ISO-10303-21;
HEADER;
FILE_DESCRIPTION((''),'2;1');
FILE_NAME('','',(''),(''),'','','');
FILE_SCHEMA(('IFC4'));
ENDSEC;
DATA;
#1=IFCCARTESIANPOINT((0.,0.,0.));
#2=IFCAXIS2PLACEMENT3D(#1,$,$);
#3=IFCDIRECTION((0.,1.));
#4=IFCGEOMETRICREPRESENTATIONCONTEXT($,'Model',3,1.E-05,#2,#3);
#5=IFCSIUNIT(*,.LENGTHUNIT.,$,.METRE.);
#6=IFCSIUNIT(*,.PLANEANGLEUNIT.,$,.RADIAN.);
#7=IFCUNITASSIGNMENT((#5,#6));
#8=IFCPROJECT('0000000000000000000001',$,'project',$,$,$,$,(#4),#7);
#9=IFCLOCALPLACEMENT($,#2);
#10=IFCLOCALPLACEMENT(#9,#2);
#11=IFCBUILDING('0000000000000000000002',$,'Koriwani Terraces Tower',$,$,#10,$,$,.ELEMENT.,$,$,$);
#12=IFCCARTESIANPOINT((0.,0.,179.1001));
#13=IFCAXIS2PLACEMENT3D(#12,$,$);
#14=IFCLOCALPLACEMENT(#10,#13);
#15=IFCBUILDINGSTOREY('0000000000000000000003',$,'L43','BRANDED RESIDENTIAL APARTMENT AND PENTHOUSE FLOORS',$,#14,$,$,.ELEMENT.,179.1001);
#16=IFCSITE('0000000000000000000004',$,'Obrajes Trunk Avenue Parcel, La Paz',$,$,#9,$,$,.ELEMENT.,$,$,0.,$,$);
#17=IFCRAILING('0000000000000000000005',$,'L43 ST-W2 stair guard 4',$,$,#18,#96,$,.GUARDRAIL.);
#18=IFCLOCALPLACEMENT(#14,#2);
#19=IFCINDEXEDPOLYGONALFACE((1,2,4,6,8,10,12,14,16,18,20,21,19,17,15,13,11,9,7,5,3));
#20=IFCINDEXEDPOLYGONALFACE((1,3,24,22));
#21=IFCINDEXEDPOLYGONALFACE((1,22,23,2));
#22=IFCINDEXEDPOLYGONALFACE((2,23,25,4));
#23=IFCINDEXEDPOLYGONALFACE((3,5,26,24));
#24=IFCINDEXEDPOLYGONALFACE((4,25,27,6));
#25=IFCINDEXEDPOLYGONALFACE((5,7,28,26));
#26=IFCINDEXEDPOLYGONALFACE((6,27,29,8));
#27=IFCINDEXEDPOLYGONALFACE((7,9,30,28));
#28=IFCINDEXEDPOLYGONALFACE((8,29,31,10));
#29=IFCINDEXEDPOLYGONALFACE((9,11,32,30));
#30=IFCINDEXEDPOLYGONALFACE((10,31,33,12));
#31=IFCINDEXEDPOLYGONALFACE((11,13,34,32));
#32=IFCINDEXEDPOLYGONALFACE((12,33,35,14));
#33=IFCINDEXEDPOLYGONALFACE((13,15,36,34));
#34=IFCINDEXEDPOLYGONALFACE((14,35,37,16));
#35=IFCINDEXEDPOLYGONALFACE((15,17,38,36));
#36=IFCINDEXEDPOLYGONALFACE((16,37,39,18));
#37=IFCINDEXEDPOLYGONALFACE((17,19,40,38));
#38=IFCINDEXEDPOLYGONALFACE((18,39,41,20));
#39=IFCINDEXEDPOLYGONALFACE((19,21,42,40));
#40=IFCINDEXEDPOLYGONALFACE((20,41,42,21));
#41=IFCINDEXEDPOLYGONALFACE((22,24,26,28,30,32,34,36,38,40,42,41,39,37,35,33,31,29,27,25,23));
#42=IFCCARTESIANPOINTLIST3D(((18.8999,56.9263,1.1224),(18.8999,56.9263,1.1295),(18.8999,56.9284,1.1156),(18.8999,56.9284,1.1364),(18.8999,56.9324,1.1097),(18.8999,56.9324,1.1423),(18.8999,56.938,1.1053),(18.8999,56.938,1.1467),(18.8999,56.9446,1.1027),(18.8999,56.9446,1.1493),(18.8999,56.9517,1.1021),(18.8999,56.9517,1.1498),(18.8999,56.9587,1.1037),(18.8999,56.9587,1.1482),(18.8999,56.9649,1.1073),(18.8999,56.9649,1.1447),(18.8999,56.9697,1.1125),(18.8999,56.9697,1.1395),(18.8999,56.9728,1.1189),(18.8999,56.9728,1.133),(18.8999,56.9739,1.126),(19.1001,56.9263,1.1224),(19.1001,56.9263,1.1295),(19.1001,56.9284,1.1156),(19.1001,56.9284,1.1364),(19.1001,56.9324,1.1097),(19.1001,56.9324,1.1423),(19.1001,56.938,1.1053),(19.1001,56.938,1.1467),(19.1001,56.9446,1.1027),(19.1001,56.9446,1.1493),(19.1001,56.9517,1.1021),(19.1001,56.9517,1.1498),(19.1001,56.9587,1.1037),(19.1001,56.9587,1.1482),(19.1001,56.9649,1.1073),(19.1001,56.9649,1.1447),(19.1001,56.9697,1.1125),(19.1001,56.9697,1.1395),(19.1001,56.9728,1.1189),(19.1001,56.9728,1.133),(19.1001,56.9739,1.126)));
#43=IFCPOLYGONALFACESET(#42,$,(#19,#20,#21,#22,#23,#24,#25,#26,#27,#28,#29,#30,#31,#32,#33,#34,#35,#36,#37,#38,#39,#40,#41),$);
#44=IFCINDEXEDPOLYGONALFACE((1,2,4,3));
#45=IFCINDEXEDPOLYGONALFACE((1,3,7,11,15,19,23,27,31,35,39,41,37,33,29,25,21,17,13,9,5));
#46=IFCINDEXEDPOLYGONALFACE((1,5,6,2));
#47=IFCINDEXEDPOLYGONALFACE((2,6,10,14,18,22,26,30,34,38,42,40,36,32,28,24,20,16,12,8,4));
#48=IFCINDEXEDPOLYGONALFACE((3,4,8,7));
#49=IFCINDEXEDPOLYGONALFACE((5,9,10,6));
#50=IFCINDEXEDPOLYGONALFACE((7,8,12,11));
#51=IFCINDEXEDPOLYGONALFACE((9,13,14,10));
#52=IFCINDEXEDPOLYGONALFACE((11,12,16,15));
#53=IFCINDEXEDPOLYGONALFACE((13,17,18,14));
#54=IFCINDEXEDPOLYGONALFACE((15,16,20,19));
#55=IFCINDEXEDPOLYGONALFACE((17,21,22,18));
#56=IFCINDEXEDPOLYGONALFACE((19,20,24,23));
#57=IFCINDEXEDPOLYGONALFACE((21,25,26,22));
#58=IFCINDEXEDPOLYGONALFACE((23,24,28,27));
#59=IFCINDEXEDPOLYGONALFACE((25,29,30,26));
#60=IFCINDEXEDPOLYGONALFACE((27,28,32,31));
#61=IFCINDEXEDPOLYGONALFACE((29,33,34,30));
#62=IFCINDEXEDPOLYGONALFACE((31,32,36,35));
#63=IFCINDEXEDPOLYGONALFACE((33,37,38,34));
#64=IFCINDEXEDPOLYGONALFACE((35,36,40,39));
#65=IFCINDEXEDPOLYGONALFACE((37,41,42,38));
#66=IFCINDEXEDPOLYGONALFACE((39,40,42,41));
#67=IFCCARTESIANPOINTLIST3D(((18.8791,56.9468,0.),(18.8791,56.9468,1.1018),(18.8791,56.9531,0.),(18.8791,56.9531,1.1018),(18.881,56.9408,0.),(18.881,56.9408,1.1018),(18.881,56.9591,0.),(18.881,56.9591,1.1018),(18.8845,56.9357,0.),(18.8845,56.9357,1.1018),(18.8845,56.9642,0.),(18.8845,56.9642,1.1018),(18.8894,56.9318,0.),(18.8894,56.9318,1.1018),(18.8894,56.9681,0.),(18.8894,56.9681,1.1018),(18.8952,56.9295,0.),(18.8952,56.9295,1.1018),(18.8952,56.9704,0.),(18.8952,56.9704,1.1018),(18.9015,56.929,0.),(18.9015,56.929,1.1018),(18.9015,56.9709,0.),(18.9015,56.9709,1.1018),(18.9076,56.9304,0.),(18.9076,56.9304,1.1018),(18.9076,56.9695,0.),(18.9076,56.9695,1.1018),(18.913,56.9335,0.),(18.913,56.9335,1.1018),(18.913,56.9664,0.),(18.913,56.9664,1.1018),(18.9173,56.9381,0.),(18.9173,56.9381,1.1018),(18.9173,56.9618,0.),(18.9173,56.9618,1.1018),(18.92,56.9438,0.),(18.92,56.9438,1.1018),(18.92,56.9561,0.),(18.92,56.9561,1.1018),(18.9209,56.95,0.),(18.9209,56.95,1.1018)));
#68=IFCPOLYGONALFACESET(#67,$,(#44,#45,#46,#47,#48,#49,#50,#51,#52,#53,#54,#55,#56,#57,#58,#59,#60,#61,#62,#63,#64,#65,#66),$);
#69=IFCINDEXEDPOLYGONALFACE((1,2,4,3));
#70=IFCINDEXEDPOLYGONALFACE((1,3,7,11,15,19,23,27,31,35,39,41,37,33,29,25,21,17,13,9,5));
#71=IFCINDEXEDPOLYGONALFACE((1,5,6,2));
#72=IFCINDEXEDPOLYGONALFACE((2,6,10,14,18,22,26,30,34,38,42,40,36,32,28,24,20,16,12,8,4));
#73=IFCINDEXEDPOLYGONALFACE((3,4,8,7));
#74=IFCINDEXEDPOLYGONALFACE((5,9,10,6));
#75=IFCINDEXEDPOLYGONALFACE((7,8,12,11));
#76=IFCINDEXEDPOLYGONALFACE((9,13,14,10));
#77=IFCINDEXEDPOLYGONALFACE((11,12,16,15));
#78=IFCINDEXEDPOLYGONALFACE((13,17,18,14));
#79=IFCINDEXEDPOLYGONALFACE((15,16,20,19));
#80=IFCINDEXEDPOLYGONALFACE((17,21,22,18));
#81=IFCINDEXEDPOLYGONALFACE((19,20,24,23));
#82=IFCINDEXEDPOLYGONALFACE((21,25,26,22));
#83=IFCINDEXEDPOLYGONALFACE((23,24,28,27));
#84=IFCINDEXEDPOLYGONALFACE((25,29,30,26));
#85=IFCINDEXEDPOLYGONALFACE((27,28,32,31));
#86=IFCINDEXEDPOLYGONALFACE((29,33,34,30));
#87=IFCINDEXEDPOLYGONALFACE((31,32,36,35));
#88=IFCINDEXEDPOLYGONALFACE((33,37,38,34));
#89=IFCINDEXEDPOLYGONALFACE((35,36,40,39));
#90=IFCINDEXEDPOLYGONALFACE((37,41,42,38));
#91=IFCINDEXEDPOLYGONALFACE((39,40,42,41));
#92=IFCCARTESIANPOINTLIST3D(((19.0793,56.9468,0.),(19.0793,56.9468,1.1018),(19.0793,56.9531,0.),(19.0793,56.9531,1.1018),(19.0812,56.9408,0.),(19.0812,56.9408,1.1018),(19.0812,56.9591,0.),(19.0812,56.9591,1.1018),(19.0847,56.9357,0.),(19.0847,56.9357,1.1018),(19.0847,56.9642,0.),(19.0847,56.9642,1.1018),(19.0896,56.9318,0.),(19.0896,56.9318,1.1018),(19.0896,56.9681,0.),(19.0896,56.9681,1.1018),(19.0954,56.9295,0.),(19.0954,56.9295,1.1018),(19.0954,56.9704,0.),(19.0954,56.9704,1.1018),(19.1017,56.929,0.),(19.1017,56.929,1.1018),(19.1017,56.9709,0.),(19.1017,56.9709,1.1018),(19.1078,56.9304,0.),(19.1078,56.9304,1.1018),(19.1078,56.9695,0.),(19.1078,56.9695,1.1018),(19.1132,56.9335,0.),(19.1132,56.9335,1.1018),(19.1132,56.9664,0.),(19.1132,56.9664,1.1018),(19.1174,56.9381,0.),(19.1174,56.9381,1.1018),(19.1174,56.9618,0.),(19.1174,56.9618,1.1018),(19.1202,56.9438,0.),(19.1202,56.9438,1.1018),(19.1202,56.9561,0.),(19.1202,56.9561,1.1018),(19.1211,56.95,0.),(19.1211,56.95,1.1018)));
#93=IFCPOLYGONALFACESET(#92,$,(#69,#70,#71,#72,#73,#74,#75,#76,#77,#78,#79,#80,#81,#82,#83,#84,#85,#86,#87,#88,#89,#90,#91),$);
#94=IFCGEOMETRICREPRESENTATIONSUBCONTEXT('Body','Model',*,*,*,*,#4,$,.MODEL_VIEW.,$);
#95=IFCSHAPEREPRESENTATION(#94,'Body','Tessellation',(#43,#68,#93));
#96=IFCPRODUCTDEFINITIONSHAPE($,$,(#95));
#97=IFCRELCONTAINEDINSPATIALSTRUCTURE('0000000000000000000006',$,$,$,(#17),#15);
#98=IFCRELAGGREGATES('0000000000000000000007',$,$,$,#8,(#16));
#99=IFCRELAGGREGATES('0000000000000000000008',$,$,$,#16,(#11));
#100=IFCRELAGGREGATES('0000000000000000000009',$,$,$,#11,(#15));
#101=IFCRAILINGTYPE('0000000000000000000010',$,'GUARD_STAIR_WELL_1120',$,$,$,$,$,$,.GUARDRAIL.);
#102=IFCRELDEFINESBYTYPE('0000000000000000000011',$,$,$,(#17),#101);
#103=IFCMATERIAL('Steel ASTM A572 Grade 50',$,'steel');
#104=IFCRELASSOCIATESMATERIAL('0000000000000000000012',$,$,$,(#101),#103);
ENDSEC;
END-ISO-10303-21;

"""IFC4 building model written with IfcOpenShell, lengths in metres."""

from ifc_helpers import new_model, si_unit, direction, frame, origin, origin_2d, place, context, subcontext, project, spatial, circle, extrude, material, type_object, element, save


model = new_model("IFC4")

# Units and contexts
model_context = context("Model", 3, precision=1e-05, world=origin(), true_north=direction((0.0, 1.0)))
body_context = subcontext(model_context, "Body", "Model", "MODEL_VIEW")
ifc_project = project(units=[si_unit("LENGTHUNIT", "METRE"), si_unit("PLANEANGLEUNIT", "RADIAN")], contexts=[model_context])

# Site, building, storey
site_placement = place(None, origin())
site = spatial("IfcSite", under=ifc_project, at=site_placement, Name="Obrajes Trunk Avenue Parcel, La Paz", CompositionType="ELEMENT", RefElevation=0.0)
building_placement = place(site_placement, origin())
building = spatial("IfcBuilding", under=site, at=building_placement, Name="Koriwani Terraces Tower", CompositionType="ELEMENT")
storey_placement = place(building_placement, frame((0.0, 0.0, 179.1001)))
storey = spatial("IfcBuildingStorey", under=building, at=storey_placement, Name="L43", Description="BRANDED RESIDENTIAL APARTMENT AND PENTHOUSE FLOORS", CompositionType="ELEMENT", Elevation=179.1001)

# Shared definitions
ifc_material_1 = material(Name="Steel ASTM A572 Grade 50", Category="steel")

# Railing
railing_type_1 = type_object("IfcRailingType", Name="GUARD_STAIR_WELL_1120", PredefinedType="GUARDRAIL", material=ifc_material_1)
railing_1_placement = place(storey_placement, frame((18.8999, 56.95, 0.0)))
element("IfcRailing", 1, at=railing_1_placement, inside=storey, type_object=railing_type_1, Name="L43 ST-W2 stair guard 4", PredefinedType="GUARDRAIL", context=body_context, shape_type="SweptSolid", body=[
    extrude(circle(Radius=0.0239, at=origin_2d()), frame((0.0, 0.0, 1.126), z_axis=(1.0, 0.0, 0.0), x_axis=(0.0, 1.0, 0.0)), (0.0, 0.0, 1.0), 0.2002),
    extrude(circle(Radius=0.021, at=origin_2d()), origin(), (0.0, 0.0, 1.0), 1.1018),
    extrude(circle(Radius=0.021, at=origin_2d()), frame((0.2002, 0.0, 0.0)), (0.0, 0.0, 1.0), 1.1018),
])

save(model, "model.ifc")
